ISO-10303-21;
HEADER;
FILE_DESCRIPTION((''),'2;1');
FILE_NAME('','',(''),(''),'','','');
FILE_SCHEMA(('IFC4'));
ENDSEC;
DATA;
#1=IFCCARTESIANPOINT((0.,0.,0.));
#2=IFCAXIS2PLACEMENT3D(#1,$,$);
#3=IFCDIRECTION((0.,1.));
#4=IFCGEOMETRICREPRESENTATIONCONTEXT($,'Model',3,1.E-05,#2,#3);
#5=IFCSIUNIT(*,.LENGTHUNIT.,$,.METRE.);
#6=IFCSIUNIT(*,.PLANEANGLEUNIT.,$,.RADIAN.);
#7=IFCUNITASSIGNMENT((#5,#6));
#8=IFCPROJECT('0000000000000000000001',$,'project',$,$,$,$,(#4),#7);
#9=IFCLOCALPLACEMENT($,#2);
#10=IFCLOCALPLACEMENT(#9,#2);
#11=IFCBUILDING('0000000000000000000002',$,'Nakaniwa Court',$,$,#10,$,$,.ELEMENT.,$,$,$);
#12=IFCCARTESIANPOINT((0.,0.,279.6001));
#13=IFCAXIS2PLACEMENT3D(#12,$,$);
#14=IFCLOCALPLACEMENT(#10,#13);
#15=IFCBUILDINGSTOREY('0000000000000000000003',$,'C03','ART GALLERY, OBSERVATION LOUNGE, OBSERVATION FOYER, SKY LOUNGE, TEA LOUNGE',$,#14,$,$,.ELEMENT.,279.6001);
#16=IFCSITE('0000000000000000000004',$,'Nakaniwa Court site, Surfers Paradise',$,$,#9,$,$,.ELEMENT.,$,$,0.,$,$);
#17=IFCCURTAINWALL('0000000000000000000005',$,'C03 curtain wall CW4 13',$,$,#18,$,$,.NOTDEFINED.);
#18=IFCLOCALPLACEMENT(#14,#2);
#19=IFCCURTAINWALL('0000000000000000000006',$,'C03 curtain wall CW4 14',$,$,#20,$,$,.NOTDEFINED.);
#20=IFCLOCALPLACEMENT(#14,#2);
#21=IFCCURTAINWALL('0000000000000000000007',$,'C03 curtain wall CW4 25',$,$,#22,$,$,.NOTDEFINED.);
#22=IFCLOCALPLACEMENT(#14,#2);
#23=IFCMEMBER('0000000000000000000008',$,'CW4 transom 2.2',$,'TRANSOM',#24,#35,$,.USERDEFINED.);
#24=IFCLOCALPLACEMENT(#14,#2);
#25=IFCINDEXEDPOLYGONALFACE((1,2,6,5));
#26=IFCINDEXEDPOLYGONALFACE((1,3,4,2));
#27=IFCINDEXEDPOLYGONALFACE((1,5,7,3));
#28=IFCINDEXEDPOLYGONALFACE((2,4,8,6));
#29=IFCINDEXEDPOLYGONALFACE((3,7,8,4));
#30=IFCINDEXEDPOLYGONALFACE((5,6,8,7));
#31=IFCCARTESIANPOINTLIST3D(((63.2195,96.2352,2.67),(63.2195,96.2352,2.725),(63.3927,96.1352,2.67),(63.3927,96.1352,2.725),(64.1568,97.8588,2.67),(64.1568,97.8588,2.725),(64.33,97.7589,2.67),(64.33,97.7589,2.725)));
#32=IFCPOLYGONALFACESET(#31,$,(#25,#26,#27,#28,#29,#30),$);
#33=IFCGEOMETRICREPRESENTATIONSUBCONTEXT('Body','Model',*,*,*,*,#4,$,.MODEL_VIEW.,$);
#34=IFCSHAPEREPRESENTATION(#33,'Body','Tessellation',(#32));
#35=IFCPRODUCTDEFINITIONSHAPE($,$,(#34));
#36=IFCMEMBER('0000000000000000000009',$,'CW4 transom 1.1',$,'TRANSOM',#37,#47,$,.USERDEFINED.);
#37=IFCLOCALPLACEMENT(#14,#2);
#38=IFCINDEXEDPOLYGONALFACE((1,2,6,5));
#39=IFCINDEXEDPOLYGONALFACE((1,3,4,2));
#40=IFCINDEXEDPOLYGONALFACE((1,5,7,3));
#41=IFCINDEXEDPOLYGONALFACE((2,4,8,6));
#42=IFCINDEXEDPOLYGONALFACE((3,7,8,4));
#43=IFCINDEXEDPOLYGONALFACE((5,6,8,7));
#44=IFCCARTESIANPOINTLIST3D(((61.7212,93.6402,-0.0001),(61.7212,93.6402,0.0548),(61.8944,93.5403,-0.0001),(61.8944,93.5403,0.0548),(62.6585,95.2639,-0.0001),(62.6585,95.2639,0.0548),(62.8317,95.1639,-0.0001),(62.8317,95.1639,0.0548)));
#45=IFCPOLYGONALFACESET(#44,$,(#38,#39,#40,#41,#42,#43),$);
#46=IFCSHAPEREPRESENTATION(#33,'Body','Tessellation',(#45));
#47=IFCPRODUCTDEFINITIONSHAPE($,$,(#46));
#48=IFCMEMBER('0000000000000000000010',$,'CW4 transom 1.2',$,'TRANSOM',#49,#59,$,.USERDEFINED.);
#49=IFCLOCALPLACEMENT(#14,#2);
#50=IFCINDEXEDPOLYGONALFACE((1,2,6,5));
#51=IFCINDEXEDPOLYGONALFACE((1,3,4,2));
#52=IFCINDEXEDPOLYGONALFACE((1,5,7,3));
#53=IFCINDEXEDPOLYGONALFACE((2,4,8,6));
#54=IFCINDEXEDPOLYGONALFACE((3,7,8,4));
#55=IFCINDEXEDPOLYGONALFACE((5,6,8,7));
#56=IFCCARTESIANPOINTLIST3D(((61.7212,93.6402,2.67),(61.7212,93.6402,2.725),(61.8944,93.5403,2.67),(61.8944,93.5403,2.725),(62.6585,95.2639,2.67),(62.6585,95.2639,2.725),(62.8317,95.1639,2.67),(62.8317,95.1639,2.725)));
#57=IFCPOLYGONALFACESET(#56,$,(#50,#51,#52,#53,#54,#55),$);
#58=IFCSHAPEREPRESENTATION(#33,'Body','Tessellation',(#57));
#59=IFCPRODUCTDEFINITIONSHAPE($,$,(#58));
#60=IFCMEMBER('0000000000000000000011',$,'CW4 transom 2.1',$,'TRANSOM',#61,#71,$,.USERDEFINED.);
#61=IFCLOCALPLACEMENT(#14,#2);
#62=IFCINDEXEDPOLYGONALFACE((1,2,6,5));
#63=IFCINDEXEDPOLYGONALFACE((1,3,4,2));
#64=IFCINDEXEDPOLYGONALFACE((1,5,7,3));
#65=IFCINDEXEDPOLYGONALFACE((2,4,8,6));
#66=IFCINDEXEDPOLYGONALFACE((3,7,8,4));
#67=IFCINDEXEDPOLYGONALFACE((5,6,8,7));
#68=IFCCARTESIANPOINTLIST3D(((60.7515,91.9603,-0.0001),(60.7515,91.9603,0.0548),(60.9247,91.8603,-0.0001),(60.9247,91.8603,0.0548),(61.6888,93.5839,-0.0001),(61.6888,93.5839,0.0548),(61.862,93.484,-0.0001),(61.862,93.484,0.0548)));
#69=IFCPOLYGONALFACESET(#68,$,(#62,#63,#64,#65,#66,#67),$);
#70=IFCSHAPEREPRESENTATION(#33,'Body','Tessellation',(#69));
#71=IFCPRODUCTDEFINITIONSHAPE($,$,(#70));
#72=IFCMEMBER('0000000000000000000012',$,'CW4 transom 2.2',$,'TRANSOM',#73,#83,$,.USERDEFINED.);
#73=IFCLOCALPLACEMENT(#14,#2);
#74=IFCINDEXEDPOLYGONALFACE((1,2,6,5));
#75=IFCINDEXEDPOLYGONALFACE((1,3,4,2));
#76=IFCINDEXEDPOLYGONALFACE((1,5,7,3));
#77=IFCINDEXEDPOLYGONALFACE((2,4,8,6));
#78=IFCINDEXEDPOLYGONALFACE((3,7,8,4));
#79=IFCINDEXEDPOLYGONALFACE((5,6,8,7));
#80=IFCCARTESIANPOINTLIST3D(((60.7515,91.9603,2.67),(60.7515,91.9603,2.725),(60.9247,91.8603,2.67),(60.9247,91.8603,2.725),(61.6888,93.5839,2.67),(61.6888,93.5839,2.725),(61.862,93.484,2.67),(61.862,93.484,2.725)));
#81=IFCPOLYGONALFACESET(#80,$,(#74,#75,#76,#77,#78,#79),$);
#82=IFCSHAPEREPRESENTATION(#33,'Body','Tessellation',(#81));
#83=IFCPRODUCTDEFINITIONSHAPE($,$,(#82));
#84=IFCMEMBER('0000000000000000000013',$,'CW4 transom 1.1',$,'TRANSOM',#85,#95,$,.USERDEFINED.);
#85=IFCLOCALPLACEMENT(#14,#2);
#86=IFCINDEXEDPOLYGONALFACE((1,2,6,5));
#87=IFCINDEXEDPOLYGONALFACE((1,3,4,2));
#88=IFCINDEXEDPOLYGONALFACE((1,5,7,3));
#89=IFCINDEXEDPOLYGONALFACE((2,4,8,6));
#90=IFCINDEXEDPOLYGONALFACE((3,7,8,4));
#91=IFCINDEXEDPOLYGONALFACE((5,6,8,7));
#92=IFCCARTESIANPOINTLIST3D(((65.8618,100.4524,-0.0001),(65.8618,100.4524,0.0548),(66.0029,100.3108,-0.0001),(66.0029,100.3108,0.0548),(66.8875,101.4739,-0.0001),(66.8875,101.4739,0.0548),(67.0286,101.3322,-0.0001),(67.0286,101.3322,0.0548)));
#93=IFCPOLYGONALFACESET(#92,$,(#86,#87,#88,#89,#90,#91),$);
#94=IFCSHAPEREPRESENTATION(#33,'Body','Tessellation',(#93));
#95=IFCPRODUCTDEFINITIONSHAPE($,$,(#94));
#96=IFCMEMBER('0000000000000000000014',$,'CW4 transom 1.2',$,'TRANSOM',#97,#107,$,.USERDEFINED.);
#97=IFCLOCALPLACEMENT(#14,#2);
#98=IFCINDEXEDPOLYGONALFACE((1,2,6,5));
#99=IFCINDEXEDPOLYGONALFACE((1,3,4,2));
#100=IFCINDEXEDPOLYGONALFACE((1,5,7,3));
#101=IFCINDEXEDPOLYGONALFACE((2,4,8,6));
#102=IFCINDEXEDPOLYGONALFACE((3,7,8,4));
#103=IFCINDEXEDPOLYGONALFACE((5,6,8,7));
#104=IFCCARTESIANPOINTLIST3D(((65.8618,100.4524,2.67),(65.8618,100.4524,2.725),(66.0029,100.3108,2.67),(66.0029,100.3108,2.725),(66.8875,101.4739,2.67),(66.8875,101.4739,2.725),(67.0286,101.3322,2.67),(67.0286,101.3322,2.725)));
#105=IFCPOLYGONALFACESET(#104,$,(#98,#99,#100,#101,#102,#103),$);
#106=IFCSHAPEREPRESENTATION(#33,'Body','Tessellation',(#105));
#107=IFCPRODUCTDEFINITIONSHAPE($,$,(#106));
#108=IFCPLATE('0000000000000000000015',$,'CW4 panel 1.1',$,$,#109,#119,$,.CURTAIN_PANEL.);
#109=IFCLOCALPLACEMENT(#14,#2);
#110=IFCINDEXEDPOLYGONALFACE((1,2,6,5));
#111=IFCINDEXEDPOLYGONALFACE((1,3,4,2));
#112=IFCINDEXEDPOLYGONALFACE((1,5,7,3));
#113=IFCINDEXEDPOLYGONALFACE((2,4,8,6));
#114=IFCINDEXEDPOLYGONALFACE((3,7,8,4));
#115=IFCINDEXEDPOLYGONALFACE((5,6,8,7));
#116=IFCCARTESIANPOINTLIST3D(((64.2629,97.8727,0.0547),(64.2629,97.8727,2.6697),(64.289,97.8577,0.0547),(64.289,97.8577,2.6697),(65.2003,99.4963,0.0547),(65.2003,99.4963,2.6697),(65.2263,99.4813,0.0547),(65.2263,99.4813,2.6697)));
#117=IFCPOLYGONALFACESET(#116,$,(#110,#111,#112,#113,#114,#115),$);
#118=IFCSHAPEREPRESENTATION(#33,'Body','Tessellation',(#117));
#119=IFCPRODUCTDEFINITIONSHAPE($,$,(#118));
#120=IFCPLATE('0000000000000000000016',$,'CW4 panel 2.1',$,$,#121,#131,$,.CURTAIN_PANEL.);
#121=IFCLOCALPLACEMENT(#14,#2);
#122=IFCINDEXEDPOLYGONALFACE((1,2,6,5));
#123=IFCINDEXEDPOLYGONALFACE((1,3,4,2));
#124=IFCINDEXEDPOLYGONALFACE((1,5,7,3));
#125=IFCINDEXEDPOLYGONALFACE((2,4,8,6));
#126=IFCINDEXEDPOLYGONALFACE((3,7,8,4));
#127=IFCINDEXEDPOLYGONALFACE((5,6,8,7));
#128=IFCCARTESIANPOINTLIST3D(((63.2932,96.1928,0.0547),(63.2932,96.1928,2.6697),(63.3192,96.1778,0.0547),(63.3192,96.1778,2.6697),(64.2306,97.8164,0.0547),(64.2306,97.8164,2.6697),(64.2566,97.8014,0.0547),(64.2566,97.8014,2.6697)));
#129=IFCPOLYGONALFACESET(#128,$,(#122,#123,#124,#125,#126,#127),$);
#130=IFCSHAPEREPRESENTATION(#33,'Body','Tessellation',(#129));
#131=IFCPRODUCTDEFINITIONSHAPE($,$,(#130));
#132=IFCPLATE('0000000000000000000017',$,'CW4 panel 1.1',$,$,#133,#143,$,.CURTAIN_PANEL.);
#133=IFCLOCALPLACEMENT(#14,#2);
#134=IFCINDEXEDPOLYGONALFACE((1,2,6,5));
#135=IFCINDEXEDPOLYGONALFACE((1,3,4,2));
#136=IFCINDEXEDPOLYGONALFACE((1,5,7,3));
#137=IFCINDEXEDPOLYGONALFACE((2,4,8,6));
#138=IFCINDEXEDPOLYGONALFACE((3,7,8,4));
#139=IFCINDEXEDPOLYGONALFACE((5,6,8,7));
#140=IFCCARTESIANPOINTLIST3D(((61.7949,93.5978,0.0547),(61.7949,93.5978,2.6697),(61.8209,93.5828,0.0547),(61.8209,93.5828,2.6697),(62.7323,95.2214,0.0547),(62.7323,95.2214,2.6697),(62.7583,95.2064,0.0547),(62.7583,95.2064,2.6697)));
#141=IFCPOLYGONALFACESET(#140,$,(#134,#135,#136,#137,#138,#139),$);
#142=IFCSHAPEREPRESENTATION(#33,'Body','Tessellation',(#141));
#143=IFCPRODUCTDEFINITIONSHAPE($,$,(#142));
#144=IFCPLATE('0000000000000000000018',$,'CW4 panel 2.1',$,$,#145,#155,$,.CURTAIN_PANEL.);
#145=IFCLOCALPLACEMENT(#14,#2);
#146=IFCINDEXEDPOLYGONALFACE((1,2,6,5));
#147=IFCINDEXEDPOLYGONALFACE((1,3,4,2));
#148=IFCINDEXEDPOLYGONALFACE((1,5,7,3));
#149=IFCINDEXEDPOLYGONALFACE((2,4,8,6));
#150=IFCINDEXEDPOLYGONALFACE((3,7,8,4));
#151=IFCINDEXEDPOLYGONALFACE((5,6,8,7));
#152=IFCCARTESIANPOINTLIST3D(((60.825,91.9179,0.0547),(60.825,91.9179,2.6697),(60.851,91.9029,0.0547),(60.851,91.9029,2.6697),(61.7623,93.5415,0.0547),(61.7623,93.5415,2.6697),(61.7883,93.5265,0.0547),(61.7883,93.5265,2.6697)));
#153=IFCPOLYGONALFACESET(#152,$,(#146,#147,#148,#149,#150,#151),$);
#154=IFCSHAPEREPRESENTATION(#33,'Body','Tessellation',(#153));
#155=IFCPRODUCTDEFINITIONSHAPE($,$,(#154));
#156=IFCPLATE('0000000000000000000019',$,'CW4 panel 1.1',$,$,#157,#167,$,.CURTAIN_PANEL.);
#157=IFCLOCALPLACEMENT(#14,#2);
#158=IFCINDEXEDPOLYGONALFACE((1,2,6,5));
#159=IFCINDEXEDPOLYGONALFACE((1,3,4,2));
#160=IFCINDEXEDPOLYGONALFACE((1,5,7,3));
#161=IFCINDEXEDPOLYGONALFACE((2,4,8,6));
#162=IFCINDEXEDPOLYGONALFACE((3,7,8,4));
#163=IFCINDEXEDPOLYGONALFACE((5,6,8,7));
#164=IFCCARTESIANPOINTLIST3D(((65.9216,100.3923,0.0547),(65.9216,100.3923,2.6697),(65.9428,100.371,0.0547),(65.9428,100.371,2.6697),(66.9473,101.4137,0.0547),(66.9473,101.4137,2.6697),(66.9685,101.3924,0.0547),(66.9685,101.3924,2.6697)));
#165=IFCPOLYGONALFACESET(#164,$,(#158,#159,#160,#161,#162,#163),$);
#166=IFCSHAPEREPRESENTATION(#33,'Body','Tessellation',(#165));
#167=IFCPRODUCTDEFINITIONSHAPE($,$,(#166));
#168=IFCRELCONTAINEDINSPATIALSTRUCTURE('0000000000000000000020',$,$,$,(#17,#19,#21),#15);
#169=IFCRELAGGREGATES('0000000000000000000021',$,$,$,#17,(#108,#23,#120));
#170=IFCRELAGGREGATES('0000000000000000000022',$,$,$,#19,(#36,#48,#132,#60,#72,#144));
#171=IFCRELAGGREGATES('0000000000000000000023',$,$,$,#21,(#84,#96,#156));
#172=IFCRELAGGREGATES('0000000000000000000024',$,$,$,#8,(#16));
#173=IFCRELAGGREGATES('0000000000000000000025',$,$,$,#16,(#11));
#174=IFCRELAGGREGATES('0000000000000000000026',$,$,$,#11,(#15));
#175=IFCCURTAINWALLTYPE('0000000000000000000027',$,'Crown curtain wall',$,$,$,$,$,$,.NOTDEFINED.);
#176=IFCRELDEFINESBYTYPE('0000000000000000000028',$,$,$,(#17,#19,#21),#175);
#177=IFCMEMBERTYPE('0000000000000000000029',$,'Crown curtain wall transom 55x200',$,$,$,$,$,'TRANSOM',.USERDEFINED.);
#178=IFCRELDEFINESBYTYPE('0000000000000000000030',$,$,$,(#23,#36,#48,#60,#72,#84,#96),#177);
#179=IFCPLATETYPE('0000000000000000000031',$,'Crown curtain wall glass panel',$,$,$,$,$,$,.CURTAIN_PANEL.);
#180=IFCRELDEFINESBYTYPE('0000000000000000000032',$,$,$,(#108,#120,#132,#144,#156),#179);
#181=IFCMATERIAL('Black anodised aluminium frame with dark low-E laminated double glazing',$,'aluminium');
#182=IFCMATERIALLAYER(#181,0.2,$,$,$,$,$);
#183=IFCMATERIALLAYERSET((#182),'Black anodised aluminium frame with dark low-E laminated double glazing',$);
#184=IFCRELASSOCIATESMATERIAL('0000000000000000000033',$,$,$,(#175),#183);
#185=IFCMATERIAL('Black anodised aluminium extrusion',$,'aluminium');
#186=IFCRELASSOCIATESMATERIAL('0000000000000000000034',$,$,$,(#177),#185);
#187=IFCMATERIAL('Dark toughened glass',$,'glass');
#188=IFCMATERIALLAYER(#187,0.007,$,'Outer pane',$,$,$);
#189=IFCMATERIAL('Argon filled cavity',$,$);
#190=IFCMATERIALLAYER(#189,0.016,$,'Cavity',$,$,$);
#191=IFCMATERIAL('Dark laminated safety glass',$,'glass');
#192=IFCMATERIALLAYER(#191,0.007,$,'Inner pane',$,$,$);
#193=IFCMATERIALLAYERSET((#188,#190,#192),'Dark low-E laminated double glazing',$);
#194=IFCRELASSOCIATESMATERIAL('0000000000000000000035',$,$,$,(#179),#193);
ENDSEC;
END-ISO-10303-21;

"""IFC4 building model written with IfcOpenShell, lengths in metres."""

from ifc_helpers import new_model, si_unit, direction, frame, origin, origin_2d, place, context, subcontext, project, spatial, rectangle, extrude, material, layer, layer_set, material_profile, profile_set, type_object, element, aggregate, save


model = new_model("IFC4")

# Units and contexts
model_context = context("Model", 3, precision=1e-05, world=origin(), true_north=direction((0.0, 1.0)))
body_context = subcontext(model_context, "Body", "Model", "MODEL_VIEW")
ifc_project = project(units=[si_unit("LENGTHUNIT", "METRE"), si_unit("PLANEANGLEUNIT", "RADIAN")], contexts=[model_context])

# Site, building, storey
site_placement = place(None, origin())
site = spatial("IfcSite", under=ifc_project, at=site_placement, Name="Nakaniwa Court site, Surfers Paradise", CompositionType="ELEMENT", RefElevation=0.0)
building_placement = place(site_placement, origin())
building = spatial("IfcBuilding", under=site, at=building_placement, Name="Nakaniwa Court", CompositionType="ELEMENT")
storey_placement = place(building_placement, frame((0.0, 0.0, 279.6001)))
storey = spatial("IfcBuildingStorey", under=building, at=storey_placement, Name="C03", Description="ART GALLERY, OBSERVATION LOUNGE, OBSERVATION FOYER, SKY LOUNGE, TEA LOUNGE", CompositionType="ELEMENT", Elevation=279.6001)

# Curtain walls
ifc_material_1 = material(Name="Black anodised aluminium frame with dark low-E laminated double glazing", Category="aluminium")
ifc_layer_1 = layer(ifc_material_1, 0.2)
ifc_layer_set_1 = layer_set([ifc_layer_1], Name="Black anodised aluminium frame with dark low-E laminated double glazing")
curtain_wall_type = type_object("IfcCurtainWallType", Name="Crown curtain wall", PredefinedType="NOTDEFINED", material=ifc_layer_set_1)
curtain_wall_1_placement = place(storey_placement, origin())
curtain_wall_1 = element("IfcCurtainWall", 1, at=curtain_wall_1_placement, inside=storey, type_object=curtain_wall_type, Name="C03 curtain wall CW4 13", PredefinedType="NOTDEFINED")
ifc_material_2 = material(Name="Black anodised aluminium extrusion", Category="aluminium")
curtain_wall_2_placement = place(storey_placement, origin())
curtain_wall_2 = element("IfcCurtainWall", 2, at=curtain_wall_2_placement, inside=storey, type_object=curtain_wall_type, Name="C03 curtain wall CW4 14", PredefinedType="NOTDEFINED")
curtain_wall_3_placement = place(storey_placement, origin())
curtain_wall_3 = element("IfcCurtainWall", 3, at=curtain_wall_3_placement, inside=storey, type_object=curtain_wall_type, Name="C03 curtain wall CW4 25", PredefinedType="NOTDEFINED")

# Members
ifc_material_profile_1 = material_profile(ifc_material_2, rectangle(XDim=0.2, YDim=0.0549, at=origin_2d()), Name="Crown curtain wall transom 55x200")
ifc_profile_set_1 = profile_set([ifc_material_profile_1], Name="Black anodised aluminium extrusion")
member_type_1 = type_object("IfcMemberType", Name="Crown curtain wall transom 55x200", ElementType="TRANSOM", PredefinedType="USERDEFINED", material=ifc_profile_set_1)
member_1_placement = place(storey_placement, frame((64.2434, 97.8088, 2.6975), z_axis=(-0.499963, -0.866047, 0.0), x_axis=(0.866047, -0.499963, 0.0)))
member_1 = element("IfcMember", 4, at=member_1_placement, type_object=member_type_1, Name="CW4 transom 2.2", ObjectType="TRANSOM", PredefinedType="USERDEFINED", context=body_context, shape_type="SweptSolid", body=[
    extrude(rectangle(XDim=0.2, YDim=0.0549, at=origin_2d()), origin(), (0.0, 0.0, 1.0), 1.8748),
])
member_2_placement = place(storey_placement, frame((62.7451, 95.2139, 0.0273), z_axis=(-0.499963, -0.866047, 0.0), x_axis=(0.866047, -0.499963, 0.0)))
member_2 = element("IfcMember", 5, at=member_2_placement, type_object=member_type_1, Name="CW4 transom 1.1", ObjectType="TRANSOM", PredefinedType="USERDEFINED", context=body_context, shape_type="SweptSolid", body=[
    extrude(rectangle(XDim=0.2, YDim=0.0549, at=origin_2d()), origin(), (0.0, 0.0, 1.0), 1.8748),
])
member_3_placement = place(storey_placement, frame((62.7451, 95.2139, 2.6975), z_axis=(-0.499963, -0.866047, 0.0), x_axis=(0.866047, -0.499963, 0.0)))
member_3 = element("IfcMember", 6, at=member_3_placement, type_object=member_type_1, Name="CW4 transom 1.2", ObjectType="TRANSOM", PredefinedType="USERDEFINED", context=body_context, shape_type="SweptSolid", body=[
    extrude(rectangle(XDim=0.2, YDim=0.0549, at=origin_2d()), origin(), (0.0, 0.0, 1.0), 1.8748),
])
member_4_placement = place(storey_placement, frame((61.7754, 93.5339, 0.0273), z_axis=(-0.499963, -0.866047, 0.0), x_axis=(0.866047, -0.499963, 0.0)))
member_4 = element("IfcMember", 7, at=member_4_placement, type_object=member_type_1, Name="CW4 transom 2.1", ObjectType="TRANSOM", PredefinedType="USERDEFINED", context=body_context, shape_type="SweptSolid", body=[
    extrude(rectangle(XDim=0.2, YDim=0.0549, at=origin_2d()), origin(), (0.0, 0.0, 1.0), 1.8748),
])
member_5_placement = place(storey_placement, frame((61.7754, 93.5339, 2.6975), z_axis=(-0.499963, -0.866047, 0.0), x_axis=(0.866047, -0.499963, 0.0)))
member_5 = element("IfcMember", 8, at=member_5_placement, type_object=member_type_1, Name="CW4 transom 2.2", ObjectType="TRANSOM", PredefinedType="USERDEFINED", context=body_context, shape_type="SweptSolid", body=[
    extrude(rectangle(XDim=0.2, YDim=0.0549, at=origin_2d()), origin(), (0.0, 0.0, 1.0), 1.8748),
])
member_6_placement = place(storey_placement, frame((66.958, 101.4031, 0.0273), z_axis=(-0.708539, -0.705672, 0.0), x_axis=(0.705672, -0.708539, 0.0)))
member_6 = element("IfcMember", 9, at=member_6_placement, type_object=member_type_1, Name="CW4 transom 1.1", ObjectType="TRANSOM", PredefinedType="USERDEFINED", context=body_context, shape_type="SweptSolid", body=[
    extrude(rectangle(XDim=0.2, YDim=0.0549, at=origin_2d()), origin(), (0.0, 0.0, 1.0), 1.4475),
])
member_7_placement = place(storey_placement, frame((66.958, 101.4031, 2.6975), z_axis=(-0.708539, -0.705672, 0.0), x_axis=(0.705672, -0.708539, 0.0)))
member_7 = element("IfcMember", 10, at=member_7_placement, type_object=member_type_1, Name="CW4 transom 1.2", ObjectType="TRANSOM", PredefinedType="USERDEFINED", context=body_context, shape_type="SweptSolid", body=[
    extrude(rectangle(XDim=0.2, YDim=0.0549, at=origin_2d()), origin(), (0.0, 0.0, 1.0), 1.4475),
])

# Plates
ifc_material_3 = material(Name="Dark toughened glass", Category="glass")
ifc_layer_2 = layer(ifc_material_3, 0.007, Name="Outer pane")
ifc_material_4 = material(Name="Argon filled cavity")
ifc_layer_3 = layer(ifc_material_4, 0.016, Name="Cavity")
ifc_material_5 = material(Name="Dark laminated safety glass", Category="glass")
ifc_layer_4 = layer(ifc_material_5, 0.007, Name="Inner pane")
ifc_layer_set_2 = layer_set([ifc_layer_2, ifc_layer_3, ifc_layer_4], Name="Dark low-E laminated double glazing")
plate_type = type_object("IfcPlateType", Name="Crown curtain wall glass panel", PredefinedType="CURTAIN_PANEL", material=ifc_layer_set_2)
plate_1_placement = place(storey_placement, frame((64.7446, 98.677, 0.0547), z_axis=(0.0, 0.0, 1.0), x_axis=(-0.499987, -0.866033, 0.0)))
plate_1 = element("IfcPlate", 11, at=plate_1_placement, type_object=plate_type, Name="CW4 panel 1.1", PredefinedType="CURTAIN_PANEL", context=body_context, shape_type="SweptSolid", body=[
    extrude(rectangle(XDim=1.8748, YDim=0.03, at=origin_2d()), origin(), (0.0, 0.0, 1.0), 2.615),
])
plate_2_placement = place(storey_placement, frame((63.7749, 96.9971, 0.0547), z_axis=(0.0, 0.0, 1.0), x_axis=(-0.499987, -0.866033, 0.0)))
plate_2 = element("IfcPlate", 12, at=plate_2_placement, type_object=plate_type, Name="CW4 panel 2.1", PredefinedType="CURTAIN_PANEL", context=body_context, shape_type="SweptSolid", body=[
    extrude(rectangle(XDim=1.8748, YDim=0.03, at=origin_2d()), origin(), (0.0, 0.0, 1.0), 2.615),
])
aggregate(curtain_wall_1, [plate_1, member_1, plate_2])
plate_3_placement = place(storey_placement, frame((62.2766, 94.4021, 0.0547), z_axis=(0.0, 0.0, 1.0), x_axis=(-0.499987, -0.866033, 0.0)))
plate_3 = element("IfcPlate", 13, at=plate_3_placement, type_object=plate_type, Name="CW4 panel 1.1", PredefinedType="CURTAIN_PANEL", context=body_context, shape_type="SweptSolid", body=[
    extrude(rectangle(XDim=1.8748, YDim=0.03, at=origin_2d()), origin(), (0.0, 0.0, 1.0), 2.615),
])
plate_4_placement = place(storey_placement, frame((61.3066, 92.7222, 0.0547), z_axis=(0.0, 0.0, 1.0), x_axis=(-0.499987, -0.866033, 0.0)))
plate_4 = element("IfcPlate", 14, at=plate_4_placement, type_object=plate_type, Name="CW4 panel 2.1", PredefinedType="CURTAIN_PANEL", context=body_context, shape_type="SweptSolid", body=[
    extrude(rectangle(XDim=1.8748, YDim=0.03, at=origin_2d()), origin(), (0.0, 0.0, 1.0), 2.615),
])
aggregate(curtain_wall_2, [member_2, member_3, plate_3, member_4, member_5, plate_4])
plate_5_placement = place(storey_placement, frame((66.4451, 100.8923, 0.0547), z_axis=(0.0, 0.0, 1.0), x_axis=(-0.708563, -0.705647, 0.0)))
plate_5 = element("IfcPlate", 15, at=plate_5_placement, type_object=plate_type, Name="CW4 panel 1.1", PredefinedType="CURTAIN_PANEL", context=body_context, shape_type="SweptSolid", body=[
    extrude(rectangle(XDim=1.4475, YDim=0.03, at=origin_2d()), origin(), (0.0, 0.0, 1.0), 2.615),
])
aggregate(curtain_wall_3, [member_6, member_7, plate_5])

save(model, "model.ifc")
